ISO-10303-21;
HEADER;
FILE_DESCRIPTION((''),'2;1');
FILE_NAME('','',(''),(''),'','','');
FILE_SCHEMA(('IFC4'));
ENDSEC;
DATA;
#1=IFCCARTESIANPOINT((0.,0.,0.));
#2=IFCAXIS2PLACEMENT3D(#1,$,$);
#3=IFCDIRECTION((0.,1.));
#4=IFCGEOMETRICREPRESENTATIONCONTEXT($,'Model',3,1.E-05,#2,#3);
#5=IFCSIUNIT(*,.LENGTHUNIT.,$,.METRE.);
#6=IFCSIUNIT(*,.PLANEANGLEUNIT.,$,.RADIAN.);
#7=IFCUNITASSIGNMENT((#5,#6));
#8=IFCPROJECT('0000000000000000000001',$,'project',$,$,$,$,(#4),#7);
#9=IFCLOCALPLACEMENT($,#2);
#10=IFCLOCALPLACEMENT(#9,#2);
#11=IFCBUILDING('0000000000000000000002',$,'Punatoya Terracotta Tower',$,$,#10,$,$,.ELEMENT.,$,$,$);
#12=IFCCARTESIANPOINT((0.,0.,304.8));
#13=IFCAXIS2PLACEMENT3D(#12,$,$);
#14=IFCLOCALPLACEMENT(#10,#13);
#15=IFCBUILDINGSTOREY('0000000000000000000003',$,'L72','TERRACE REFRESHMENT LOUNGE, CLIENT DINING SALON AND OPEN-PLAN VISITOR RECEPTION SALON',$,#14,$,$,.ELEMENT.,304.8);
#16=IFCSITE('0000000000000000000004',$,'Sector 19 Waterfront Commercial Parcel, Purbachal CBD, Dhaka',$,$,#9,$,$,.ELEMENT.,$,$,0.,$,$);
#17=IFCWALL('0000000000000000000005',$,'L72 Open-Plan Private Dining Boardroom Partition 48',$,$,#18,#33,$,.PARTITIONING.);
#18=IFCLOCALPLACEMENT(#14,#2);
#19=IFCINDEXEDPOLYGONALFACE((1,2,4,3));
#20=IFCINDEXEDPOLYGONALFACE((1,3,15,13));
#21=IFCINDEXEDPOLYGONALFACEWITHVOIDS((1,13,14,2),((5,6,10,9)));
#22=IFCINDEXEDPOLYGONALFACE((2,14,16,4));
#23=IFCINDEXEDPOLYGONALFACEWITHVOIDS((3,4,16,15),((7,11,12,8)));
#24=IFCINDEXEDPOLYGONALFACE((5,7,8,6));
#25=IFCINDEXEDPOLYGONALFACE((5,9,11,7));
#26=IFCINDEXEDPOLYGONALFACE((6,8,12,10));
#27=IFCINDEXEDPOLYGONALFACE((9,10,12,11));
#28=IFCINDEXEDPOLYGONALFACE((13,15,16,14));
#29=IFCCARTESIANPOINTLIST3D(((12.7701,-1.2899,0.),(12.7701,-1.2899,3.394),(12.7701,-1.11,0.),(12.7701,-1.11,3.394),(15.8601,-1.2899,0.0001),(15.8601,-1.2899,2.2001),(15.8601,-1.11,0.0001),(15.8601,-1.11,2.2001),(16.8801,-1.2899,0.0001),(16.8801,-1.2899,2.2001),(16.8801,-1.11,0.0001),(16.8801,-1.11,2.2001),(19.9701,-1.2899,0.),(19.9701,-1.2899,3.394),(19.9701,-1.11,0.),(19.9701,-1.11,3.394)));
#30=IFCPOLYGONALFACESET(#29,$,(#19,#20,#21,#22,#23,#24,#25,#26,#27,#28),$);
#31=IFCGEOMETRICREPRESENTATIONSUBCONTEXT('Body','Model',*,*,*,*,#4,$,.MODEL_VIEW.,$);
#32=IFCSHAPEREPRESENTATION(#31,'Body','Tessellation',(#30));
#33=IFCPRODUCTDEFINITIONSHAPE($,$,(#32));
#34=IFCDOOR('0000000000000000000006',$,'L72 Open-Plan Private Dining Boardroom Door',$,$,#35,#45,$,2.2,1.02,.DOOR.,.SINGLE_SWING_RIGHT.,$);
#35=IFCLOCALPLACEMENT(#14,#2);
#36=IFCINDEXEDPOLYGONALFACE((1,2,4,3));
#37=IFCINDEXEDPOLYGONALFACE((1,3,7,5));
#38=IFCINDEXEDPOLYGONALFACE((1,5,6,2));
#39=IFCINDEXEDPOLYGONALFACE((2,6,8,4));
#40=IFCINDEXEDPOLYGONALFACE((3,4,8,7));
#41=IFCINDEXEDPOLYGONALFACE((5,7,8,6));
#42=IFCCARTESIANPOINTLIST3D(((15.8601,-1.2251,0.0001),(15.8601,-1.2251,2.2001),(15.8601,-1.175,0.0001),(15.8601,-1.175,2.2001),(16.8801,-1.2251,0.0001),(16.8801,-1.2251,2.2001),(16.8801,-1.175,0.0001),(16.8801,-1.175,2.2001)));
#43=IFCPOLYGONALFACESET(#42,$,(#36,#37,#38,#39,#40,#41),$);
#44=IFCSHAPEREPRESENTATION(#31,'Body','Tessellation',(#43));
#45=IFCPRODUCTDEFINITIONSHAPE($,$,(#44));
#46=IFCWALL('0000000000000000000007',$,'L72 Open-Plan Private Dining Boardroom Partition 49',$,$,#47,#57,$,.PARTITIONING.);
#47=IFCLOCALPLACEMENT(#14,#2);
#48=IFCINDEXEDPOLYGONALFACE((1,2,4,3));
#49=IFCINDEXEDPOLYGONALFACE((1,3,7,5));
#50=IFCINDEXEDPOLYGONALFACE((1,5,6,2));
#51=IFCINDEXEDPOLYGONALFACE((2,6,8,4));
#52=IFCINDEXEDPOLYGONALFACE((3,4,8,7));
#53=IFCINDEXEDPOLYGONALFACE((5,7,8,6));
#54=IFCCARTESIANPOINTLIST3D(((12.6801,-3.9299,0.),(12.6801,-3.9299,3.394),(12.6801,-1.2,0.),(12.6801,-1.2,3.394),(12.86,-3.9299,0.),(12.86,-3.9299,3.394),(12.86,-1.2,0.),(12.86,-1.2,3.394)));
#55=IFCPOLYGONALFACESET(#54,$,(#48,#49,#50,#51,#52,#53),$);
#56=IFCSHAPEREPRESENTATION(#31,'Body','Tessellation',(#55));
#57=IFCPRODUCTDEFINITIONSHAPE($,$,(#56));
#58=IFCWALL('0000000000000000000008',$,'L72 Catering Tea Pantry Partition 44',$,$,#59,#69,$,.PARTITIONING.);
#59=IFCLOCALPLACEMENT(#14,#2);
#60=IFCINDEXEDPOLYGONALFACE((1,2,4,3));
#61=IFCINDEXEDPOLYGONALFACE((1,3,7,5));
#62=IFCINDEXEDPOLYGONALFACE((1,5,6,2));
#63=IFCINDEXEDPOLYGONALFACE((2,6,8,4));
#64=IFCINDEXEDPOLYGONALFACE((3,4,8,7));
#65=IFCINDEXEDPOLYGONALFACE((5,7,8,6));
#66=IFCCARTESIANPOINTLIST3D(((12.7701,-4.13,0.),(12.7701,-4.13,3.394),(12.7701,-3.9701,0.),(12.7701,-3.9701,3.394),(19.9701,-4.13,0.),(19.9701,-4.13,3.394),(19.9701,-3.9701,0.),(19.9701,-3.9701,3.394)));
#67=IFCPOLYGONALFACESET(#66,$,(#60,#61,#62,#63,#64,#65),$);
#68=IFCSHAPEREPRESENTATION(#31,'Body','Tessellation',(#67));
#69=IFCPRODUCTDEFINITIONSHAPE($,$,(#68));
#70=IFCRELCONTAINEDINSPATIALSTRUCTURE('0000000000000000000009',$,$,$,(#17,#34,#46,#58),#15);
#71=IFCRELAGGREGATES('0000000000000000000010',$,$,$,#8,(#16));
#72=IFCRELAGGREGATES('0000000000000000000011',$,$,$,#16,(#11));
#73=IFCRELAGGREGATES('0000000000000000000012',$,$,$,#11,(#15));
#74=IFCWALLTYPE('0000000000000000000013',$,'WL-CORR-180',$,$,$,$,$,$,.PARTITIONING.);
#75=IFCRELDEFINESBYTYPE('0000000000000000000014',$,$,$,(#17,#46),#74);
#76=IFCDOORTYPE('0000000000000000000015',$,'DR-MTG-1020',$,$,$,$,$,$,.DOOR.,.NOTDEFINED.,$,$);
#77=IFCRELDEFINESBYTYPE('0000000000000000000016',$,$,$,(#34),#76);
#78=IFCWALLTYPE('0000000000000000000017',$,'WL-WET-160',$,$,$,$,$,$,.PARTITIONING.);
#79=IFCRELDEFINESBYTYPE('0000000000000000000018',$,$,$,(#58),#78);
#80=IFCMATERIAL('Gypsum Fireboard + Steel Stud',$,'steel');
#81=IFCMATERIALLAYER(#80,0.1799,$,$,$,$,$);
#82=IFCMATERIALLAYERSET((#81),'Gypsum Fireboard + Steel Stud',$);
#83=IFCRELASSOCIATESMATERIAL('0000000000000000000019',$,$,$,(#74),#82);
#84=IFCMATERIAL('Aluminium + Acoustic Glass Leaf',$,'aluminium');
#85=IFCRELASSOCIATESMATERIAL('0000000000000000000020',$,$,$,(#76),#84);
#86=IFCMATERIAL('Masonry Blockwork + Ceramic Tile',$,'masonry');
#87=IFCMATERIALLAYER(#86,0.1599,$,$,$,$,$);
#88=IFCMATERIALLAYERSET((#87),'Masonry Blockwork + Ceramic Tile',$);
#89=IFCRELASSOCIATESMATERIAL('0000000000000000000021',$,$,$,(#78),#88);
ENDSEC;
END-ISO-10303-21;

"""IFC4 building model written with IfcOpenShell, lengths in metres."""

from ifc_helpers import new_model, si_unit, direction, frame, frame_2d, origin, place, context, subcontext, project, spatial, rectangle, extrude, material, layer, layer_set, type_object, element, fill, save


model = new_model("IFC4")

# Units and contexts
model_context = context("Model", 3, precision=1e-05, world=origin(), true_north=direction((0.0, 1.0)))
body_context = subcontext(model_context, "Body", "Model", "MODEL_VIEW")
ifc_project = project(units=[si_unit("LENGTHUNIT", "METRE"), si_unit("PLANEANGLEUNIT", "RADIAN")], contexts=[model_context])

# Site, building, storey
site_placement = place(None, origin())
site = spatial("IfcSite", under=ifc_project, at=site_placement, Name="Sector 19 Waterfront Commercial Parcel, Purbachal CBD, Dhaka", CompositionType="ELEMENT", RefElevation=0.0)
building_placement = place(site_placement, origin())
building = spatial("IfcBuilding", under=site, at=building_placement, Name="Punatoya Terracotta Tower", CompositionType="ELEMENT")
storey_placement = place(building_placement, frame((0.0, 0.0, 304.8)))
storey = spatial("IfcBuildingStorey", under=building, at=storey_placement, Name="L72", Description="TERRACE REFRESHMENT LOUNGE, CLIENT DINING SALON AND OPEN-PLAN VISITOR RECEPTION SALON", CompositionType="ELEMENT", Elevation=304.8)

# Wall, opening, door
ifc_material_1 = material(Name="Gypsum Fireboard + Steel Stud", Category="steel")
ifc_layer_1 = layer(ifc_material_1, 0.1799)
ifc_layer_set_1 = layer_set([ifc_layer_1], Name="Gypsum Fireboard + Steel Stud")
wall_type_1 = type_object("IfcWallType", Name="WL-CORR-180", PredefinedType="PARTITIONING", material=ifc_layer_set_1)
wall_1_placement = place(storey_placement, frame((12.77, -1.2, 0.0), z_axis=(0.0, 0.0, 1.0), x_axis=(1.0, 0.0, 0.0)))
wall_1 = element("IfcWall", 1, at=wall_1_placement, inside=storey, type_object=wall_type_1, Name="L72 Open-Plan Private Dining Boardroom Partition 48", PredefinedType="PARTITIONING", context=body_context, shape_type="SweptSolid", body=[
    extrude(rectangle(XDim=7.2, YDim=0.1799, at=frame_2d((3.6001, 0.0))), origin(), (0.0, 0.0, 1.0), 3.394),
])
opening_1_placement = place(wall_1_placement, frame((3.0901, 0.0, 0.0)))
opening_1 = element("IfcOpeningElement", 2, at=opening_1_placement, cuts=wall_1, PredefinedType="OPENING", context=body_context, shape_type="SweptSolid", body=[
    extrude(rectangle(XDim=1.02, YDim=2.2, at=frame_2d((0.51, 1.1001))), frame((0.0, 0.0999, 0.0), z_axis=(0.0, -1.0, 0.0), x_axis=(1.0, 0.0, 0.0)), (0.0, 0.0, 1.0), 0.2),
])
ifc_material_2 = material(Name="Aluminium + Acoustic Glass Leaf", Category="aluminium")
door_type_1 = type_object("IfcDoorType", Name="DR-MTG-1020", OperationType="NOTDEFINED", PredefinedType="DOOR", material=ifc_material_2)
door_1_placement = place(opening_1_placement, origin())
door_1 = element("IfcDoor", 3, at=door_1_placement, inside=storey, type_object=door_type_1, Name="L72 Open-Plan Private Dining Boardroom Door", OperationType="SINGLE_SWING_RIGHT", OverallHeight=2.2, OverallWidth=1.02, PredefinedType="DOOR", context=body_context, shape_type="SweptSolid", body=[
    extrude(rectangle(XDim=1.02, YDim=2.2, at=frame_2d((0.51, 1.1001))), frame((0.0, 0.0249, 0.0), z_axis=(0.0, -1.0, 0.0), x_axis=(1.0, 0.0, 0.0)), (0.0, 0.0, 1.0), 0.05),
])
fill(opening_1, door_1)

# Walls
wall_2_placement = place(storey_placement, frame((12.77, -3.9299, 0.0), z_axis=(0.0, 0.0, 1.0), x_axis=(0.0, 1.0, 0.0)))
element("IfcWall", 4, at=wall_2_placement, inside=storey, type_object=wall_type_1, Name="L72 Open-Plan Private Dining Boardroom Partition 49", PredefinedType="PARTITIONING", context=body_context, shape_type="SweptSolid", body=[
    extrude(rectangle(XDim=2.73, YDim=0.1799, at=frame_2d((1.365, 0.0))), origin(), (0.0, 0.0, 1.0), 3.394),
])
ifc_material_3 = material(Name="Masonry Blockwork + Ceramic Tile", Category="masonry")
ifc_layer_2 = layer(ifc_material_3, 0.1599)
ifc_layer_set_2 = layer_set([ifc_layer_2], Name="Masonry Blockwork + Ceramic Tile")
wall_type_2 = type_object("IfcWallType", Name="WL-WET-160", PredefinedType="PARTITIONING", material=ifc_layer_set_2)
wall_3_placement = place(storey_placement, frame((12.77, -4.05, 0.0), z_axis=(0.0, 0.0, 1.0), x_axis=(1.0, 0.0, 0.0)))
element("IfcWall", 5, at=wall_3_placement, inside=storey, type_object=wall_type_2, Name="L72 Catering Tea Pantry Partition 44", PredefinedType="PARTITIONING", context=body_context, shape_type="SweptSolid", body=[
    extrude(rectangle(XDim=7.2, YDim=0.1599, at=frame_2d((3.6001, 0.0))), origin(), (0.0, 0.0, 1.0), 3.394),
])

save(model, "model.ifc")
